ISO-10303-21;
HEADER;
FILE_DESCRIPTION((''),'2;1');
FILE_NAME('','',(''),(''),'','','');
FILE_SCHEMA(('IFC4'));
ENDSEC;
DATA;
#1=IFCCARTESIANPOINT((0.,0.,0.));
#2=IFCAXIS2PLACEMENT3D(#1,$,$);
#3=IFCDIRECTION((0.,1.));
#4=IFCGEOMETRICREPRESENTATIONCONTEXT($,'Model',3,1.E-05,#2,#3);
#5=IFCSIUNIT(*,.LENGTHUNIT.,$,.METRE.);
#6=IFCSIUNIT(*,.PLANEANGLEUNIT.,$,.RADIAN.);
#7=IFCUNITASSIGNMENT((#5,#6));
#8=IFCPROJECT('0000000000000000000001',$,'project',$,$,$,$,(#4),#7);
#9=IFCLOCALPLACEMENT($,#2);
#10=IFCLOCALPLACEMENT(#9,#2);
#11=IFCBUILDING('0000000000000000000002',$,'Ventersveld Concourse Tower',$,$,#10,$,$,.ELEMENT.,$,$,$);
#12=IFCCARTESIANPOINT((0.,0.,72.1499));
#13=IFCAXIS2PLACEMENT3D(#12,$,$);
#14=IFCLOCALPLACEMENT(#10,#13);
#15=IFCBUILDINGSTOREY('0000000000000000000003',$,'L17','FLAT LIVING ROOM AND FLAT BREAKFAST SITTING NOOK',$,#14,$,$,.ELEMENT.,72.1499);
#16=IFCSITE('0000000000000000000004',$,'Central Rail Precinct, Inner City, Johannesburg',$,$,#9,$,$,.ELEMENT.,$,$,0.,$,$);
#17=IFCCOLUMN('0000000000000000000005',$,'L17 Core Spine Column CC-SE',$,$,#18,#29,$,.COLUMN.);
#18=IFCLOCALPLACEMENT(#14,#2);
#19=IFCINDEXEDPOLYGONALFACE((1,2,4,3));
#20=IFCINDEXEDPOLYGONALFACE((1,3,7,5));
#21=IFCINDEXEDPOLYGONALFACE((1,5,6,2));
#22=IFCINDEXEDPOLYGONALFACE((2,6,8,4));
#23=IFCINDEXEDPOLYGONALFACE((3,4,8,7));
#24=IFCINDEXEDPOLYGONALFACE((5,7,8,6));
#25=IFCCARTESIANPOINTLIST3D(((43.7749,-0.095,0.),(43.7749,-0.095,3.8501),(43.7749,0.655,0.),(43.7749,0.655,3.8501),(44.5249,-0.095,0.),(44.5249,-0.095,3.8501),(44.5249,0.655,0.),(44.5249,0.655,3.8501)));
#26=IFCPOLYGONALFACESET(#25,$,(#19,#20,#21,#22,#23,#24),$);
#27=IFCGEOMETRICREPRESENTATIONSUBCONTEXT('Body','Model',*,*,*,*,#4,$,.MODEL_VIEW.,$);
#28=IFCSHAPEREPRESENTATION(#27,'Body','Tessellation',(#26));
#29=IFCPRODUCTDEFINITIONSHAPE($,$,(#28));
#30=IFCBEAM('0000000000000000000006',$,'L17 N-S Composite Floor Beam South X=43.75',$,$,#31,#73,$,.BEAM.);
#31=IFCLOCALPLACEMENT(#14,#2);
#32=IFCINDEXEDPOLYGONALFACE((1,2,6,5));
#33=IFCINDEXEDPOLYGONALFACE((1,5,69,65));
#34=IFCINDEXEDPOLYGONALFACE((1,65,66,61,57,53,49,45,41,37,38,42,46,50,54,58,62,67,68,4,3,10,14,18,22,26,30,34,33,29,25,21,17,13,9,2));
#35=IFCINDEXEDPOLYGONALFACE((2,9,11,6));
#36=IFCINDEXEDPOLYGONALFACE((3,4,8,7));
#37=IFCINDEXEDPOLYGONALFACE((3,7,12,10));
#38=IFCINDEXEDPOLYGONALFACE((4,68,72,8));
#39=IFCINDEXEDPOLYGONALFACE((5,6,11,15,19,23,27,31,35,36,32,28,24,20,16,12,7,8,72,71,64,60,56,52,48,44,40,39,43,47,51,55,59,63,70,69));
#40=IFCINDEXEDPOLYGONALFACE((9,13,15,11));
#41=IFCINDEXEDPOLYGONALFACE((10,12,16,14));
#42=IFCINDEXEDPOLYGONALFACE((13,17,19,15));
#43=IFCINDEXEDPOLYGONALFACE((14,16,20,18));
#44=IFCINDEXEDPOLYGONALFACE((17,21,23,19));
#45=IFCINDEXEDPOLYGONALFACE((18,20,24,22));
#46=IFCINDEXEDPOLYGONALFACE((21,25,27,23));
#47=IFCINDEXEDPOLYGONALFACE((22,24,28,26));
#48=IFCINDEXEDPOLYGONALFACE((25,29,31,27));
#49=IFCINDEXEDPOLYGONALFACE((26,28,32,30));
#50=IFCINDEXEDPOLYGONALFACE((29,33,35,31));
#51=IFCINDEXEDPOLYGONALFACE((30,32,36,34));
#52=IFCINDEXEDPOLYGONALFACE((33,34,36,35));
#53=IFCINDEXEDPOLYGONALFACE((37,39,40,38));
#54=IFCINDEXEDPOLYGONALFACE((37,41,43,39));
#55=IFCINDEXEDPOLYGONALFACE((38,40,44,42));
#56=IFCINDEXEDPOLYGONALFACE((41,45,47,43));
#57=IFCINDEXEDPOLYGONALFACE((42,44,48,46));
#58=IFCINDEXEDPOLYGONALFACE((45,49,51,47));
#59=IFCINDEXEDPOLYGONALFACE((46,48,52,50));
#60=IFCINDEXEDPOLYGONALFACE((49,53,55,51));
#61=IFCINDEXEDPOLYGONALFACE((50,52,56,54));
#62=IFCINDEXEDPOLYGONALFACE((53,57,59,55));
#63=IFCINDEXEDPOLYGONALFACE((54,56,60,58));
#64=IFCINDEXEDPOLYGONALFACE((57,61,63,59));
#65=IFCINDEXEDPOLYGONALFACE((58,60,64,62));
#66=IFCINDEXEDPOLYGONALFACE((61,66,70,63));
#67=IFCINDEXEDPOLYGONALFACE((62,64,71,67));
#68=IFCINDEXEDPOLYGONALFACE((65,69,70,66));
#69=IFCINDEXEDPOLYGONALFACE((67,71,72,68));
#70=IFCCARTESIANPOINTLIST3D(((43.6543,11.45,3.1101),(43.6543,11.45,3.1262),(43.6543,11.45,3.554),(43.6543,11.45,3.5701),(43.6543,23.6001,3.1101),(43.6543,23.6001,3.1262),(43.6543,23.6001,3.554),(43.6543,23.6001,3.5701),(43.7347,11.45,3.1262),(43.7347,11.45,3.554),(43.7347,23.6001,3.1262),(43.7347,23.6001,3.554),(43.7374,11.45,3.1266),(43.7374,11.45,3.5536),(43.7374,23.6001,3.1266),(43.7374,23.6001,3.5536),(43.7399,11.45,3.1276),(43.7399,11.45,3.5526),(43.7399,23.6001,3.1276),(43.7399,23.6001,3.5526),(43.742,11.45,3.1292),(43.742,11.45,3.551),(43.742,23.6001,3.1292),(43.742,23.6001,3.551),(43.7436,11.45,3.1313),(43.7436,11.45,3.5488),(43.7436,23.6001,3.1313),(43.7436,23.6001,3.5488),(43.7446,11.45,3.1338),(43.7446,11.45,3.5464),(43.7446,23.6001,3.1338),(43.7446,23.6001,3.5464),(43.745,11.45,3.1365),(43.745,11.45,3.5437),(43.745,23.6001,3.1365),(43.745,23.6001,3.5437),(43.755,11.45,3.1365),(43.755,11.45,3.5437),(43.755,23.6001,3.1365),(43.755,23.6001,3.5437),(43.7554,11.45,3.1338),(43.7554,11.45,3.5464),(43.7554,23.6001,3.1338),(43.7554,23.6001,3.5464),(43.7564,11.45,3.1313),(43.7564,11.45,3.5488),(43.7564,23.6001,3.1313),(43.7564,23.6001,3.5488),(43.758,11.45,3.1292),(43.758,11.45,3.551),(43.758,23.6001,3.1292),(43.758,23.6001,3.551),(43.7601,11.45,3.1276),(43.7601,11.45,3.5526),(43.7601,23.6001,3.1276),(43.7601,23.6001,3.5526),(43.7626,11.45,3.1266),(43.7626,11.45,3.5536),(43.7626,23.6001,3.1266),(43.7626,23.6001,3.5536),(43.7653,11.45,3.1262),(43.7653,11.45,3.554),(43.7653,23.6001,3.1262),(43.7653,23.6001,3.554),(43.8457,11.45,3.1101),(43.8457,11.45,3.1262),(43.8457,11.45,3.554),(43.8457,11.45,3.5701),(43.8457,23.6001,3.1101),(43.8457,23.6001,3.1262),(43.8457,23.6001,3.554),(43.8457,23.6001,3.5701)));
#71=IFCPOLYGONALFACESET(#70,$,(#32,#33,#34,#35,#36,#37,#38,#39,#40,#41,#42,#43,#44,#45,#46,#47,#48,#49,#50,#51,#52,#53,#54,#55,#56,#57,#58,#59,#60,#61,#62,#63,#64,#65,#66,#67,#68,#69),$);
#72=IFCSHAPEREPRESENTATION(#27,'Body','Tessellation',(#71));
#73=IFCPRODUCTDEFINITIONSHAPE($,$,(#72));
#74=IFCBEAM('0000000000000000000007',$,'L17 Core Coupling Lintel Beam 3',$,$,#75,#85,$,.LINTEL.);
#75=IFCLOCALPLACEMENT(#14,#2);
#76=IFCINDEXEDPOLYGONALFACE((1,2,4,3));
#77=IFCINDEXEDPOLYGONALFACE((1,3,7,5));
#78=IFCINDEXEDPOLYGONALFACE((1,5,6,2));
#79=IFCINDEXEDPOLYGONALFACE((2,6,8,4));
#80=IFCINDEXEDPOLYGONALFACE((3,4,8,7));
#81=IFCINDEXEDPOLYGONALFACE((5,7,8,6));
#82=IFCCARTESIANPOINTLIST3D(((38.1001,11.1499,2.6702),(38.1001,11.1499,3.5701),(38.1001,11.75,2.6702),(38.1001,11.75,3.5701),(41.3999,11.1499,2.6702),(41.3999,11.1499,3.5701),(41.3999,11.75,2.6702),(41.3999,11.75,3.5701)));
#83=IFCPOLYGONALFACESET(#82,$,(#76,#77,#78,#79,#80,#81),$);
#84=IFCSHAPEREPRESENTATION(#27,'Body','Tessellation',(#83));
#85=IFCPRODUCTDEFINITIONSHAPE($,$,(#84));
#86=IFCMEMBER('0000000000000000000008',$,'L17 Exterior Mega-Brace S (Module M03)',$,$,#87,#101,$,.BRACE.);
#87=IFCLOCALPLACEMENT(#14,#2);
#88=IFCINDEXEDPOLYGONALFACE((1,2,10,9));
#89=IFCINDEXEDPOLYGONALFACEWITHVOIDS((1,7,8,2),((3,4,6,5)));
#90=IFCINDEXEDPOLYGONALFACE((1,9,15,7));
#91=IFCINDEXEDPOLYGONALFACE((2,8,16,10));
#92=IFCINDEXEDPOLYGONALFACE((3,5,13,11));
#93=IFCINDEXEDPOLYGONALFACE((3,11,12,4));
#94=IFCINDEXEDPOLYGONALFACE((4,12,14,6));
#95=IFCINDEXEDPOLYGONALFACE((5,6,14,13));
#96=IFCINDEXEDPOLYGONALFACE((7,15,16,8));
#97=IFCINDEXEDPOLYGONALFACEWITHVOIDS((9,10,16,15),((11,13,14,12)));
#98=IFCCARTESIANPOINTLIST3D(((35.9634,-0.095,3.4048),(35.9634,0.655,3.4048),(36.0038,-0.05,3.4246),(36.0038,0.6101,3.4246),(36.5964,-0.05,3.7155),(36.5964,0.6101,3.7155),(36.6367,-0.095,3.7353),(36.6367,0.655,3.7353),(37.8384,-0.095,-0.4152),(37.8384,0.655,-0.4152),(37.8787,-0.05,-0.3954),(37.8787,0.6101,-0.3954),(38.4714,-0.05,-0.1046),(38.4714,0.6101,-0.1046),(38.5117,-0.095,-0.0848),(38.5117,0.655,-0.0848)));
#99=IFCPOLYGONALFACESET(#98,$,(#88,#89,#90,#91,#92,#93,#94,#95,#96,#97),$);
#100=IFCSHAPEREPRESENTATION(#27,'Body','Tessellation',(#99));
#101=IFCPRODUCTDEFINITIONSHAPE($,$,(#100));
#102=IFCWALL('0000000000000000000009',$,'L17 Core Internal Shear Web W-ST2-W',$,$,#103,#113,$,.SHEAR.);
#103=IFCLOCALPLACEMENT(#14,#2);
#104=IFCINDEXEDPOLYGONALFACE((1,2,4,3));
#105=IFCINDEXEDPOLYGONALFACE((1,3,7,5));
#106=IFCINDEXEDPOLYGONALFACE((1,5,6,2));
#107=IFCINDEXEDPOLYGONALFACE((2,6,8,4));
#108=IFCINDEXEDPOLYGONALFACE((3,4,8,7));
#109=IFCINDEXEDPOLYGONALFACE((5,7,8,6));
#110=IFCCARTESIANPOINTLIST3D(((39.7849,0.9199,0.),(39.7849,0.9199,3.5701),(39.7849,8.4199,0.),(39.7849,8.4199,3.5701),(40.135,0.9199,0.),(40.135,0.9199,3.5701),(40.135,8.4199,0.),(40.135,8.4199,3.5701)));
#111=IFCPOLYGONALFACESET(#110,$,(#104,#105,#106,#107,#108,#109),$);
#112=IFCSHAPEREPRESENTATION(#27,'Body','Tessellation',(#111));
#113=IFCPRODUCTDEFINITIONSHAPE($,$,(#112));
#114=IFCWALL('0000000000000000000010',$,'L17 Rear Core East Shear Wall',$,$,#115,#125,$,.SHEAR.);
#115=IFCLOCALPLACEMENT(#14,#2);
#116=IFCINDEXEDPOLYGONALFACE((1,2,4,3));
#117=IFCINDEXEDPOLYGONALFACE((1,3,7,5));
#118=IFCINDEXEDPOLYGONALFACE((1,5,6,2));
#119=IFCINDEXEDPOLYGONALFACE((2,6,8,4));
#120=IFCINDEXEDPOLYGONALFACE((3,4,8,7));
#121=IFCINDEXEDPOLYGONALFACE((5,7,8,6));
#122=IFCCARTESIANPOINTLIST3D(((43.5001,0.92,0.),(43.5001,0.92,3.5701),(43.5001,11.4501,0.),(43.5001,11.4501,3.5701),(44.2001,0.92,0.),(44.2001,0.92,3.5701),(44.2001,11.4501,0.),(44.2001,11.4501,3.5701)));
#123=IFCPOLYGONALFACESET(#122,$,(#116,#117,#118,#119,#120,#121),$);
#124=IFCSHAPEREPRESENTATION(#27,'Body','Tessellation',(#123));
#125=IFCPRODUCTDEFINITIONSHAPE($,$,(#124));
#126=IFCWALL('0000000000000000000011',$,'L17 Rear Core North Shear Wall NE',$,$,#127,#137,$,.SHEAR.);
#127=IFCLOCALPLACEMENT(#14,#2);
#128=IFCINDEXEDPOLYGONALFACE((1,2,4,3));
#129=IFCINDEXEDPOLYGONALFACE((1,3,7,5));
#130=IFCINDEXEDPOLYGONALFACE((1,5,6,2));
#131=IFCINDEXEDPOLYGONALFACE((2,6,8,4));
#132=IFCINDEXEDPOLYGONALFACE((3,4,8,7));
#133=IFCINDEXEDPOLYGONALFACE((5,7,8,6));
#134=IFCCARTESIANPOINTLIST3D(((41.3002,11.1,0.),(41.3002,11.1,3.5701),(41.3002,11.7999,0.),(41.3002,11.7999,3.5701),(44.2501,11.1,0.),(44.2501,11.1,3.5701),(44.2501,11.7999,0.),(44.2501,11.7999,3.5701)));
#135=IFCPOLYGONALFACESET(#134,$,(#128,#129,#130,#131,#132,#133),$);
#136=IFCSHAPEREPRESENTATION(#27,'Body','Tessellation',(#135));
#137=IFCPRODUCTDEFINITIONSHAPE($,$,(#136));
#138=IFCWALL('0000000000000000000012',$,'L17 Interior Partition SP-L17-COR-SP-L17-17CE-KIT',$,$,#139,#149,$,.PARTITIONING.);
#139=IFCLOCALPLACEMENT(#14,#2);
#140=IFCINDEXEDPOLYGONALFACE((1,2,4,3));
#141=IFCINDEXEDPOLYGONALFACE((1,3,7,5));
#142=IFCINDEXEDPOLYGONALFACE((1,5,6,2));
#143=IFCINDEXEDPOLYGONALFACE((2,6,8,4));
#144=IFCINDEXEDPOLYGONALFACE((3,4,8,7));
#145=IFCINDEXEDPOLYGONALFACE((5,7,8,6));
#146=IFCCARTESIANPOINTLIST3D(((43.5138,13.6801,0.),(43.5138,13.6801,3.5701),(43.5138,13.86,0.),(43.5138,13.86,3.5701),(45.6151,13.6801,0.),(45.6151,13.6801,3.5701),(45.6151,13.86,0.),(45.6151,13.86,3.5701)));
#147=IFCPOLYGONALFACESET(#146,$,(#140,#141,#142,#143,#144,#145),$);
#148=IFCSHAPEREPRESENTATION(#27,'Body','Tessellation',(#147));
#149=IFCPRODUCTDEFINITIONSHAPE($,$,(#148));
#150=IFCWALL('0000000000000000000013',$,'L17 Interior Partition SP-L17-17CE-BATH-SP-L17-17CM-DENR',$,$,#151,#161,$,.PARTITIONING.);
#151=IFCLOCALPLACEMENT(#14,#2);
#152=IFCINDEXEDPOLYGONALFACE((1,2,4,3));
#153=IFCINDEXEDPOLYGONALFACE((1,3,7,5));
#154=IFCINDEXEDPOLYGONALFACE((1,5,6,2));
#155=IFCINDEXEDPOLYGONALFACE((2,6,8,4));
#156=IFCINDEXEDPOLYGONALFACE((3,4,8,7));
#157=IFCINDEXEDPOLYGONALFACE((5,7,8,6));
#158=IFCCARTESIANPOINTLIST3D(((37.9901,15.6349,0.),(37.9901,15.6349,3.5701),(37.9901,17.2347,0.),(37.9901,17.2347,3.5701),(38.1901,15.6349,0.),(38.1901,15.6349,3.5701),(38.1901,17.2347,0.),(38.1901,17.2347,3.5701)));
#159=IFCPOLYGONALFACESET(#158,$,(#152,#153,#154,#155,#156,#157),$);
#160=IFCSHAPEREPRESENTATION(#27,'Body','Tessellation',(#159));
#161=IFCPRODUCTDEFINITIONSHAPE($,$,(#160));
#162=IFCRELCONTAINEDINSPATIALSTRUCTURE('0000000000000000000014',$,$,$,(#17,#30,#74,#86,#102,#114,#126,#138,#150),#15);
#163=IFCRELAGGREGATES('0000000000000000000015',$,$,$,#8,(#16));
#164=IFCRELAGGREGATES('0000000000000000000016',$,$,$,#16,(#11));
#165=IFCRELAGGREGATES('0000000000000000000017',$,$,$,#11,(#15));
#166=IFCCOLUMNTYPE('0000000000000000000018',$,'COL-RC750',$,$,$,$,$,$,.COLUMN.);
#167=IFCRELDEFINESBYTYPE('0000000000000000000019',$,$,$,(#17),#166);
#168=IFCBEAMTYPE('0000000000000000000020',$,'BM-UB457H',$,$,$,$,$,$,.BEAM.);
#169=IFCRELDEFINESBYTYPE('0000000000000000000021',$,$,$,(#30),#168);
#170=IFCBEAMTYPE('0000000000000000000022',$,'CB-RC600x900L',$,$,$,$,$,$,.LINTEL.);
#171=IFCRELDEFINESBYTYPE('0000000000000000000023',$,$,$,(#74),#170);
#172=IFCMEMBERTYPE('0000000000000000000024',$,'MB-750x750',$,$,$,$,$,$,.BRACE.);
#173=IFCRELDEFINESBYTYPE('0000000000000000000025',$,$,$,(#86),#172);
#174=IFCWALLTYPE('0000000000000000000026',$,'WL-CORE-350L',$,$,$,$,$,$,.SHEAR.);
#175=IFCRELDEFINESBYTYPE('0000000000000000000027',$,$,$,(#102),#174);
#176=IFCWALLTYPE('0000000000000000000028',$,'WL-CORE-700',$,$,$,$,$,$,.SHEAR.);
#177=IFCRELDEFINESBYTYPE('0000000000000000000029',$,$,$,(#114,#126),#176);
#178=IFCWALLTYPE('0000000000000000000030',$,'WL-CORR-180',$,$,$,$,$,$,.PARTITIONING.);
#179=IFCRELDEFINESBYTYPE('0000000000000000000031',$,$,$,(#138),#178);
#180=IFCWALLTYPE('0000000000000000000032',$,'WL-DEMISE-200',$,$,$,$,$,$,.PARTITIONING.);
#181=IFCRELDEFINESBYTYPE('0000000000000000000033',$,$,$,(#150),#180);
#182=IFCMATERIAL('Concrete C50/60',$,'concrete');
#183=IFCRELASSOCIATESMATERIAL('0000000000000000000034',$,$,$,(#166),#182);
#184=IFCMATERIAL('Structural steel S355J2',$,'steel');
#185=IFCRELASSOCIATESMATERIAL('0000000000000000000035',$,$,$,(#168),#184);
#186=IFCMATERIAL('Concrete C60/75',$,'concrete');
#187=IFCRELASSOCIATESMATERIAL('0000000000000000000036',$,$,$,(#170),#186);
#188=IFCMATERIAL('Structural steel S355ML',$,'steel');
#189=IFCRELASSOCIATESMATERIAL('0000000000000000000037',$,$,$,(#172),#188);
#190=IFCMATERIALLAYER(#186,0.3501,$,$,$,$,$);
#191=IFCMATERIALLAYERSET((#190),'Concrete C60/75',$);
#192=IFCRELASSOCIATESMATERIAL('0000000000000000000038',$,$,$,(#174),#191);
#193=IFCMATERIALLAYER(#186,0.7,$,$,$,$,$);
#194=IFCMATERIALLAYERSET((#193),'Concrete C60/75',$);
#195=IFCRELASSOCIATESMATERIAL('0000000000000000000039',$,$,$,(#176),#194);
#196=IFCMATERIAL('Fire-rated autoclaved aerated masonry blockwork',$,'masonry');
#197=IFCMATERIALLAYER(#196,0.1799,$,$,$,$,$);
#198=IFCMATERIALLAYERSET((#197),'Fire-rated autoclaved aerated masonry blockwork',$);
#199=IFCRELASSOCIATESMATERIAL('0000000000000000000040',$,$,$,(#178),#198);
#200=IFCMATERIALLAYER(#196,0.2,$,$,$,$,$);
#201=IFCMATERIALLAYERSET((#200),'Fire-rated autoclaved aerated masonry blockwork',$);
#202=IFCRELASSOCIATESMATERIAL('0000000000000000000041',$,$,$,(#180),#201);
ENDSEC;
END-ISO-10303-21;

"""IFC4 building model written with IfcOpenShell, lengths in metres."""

from ifc_helpers import new_model, si_unit, direction, frame, frame_2d, origin, origin_2d, place, context, subcontext, project, spatial, rectangle, hollow_rectangle, i_section, extrude, material, layer, layer_set, material_profile, profile_set, type_object, element, save


model = new_model("IFC4")

# Units and contexts
model_context = context("Model", 3, precision=1e-05, world=origin(), true_north=direction((0.0, 1.0)))
body_context = subcontext(model_context, "Body", "Model", "MODEL_VIEW")
ifc_project = project(units=[si_unit("LENGTHUNIT", "METRE"), si_unit("PLANEANGLEUNIT", "RADIAN")], contexts=[model_context])

# Site, building, storey
site_placement = place(None, origin())
site = spatial("IfcSite", under=ifc_project, at=site_placement, Name="Central Rail Precinct, Inner City, Johannesburg", CompositionType="ELEMENT", RefElevation=0.0)
building_placement = place(site_placement, origin())
building = spatial("IfcBuilding", under=site, at=building_placement, Name="Ventersveld Concourse Tower", CompositionType="ELEMENT")
storey_placement = place(building_placement, frame((0.0, 0.0, 72.1499)))
storey = spatial("IfcBuildingStorey", under=building, at=storey_placement, Name="L17", Description="FLAT LIVING ROOM AND FLAT BREAKFAST SITTING NOOK", CompositionType="ELEMENT", Elevation=72.1499)

# Column
ifc_material_1 = material(Name="Concrete C50/60", Category="concrete")
ifc_material_profile_1 = material_profile(ifc_material_1, rectangle(XDim=0.75, YDim=0.75, at=origin_2d()), Name="RC 750x750")
ifc_profile_set_1 = profile_set([ifc_material_profile_1], Name="Concrete C50/60")
column_type = type_object("IfcColumnType", Name="COL-RC750", PredefinedType="COLUMN", material=ifc_profile_set_1)
column_placement = place(storey_placement, frame((44.1499, 0.28, 0.0), z_axis=(0.0, 0.0, 1.0), x_axis=(1.0, 0.0, 0.0)))
element("IfcColumn", 1, at=column_placement, inside=storey, type_object=column_type, Name="L17 Core Spine Column CC-SE", PredefinedType="COLUMN", context=body_context, shape_type="SweptSolid", body=[
    extrude(rectangle(XDim=0.75, YDim=0.75, at=origin_2d()), origin(), (0.0, 0.0, 1.0), 3.8501),
])

# Beams
ifc_material_2 = material(Name="Structural steel S355J2", Category="steel")
ifc_material_profile_2 = material_profile(ifc_material_2, i_section(OverallWidth=0.1914, OverallDepth=0.46, WebThickness=0.01, FlangeThickness=0.0161, FilletRadius=0.0103, at=origin_2d()), Name="UB 457x191x82")
ifc_profile_set_2 = profile_set([ifc_material_profile_2], Name="Structural steel S355J2")
beam_type_1 = type_object("IfcBeamType", Name="BM-UB457H", PredefinedType="BEAM", material=ifc_profile_set_2)
beam_1_placement = place(storey_placement, frame((43.75, 11.45, 3.3401), z_axis=(0.0, 1.0, 0.0), x_axis=(-1.0, 0.0, 0.0)))
element("IfcBeam", 2, at=beam_1_placement, inside=storey, type_object=beam_type_1, Name="L17 N-S Composite Floor Beam South X=43.75", PredefinedType="BEAM", context=body_context, shape_type="SweptSolid", body=[
    extrude(i_section(OverallWidth=0.1914, OverallDepth=0.46, WebThickness=0.01, FlangeThickness=0.0161, FilletRadius=0.0103, at=origin_2d()), origin(), (0.0, 0.0, 1.0), 12.1501),
])
ifc_material_3 = material(Name="Concrete C60/75", Category="concrete")
ifc_material_profile_3 = material_profile(ifc_material_3, rectangle(XDim=0.6001, YDim=0.8999, at=origin_2d()), Name="RC 600x900")
ifc_profile_set_3 = profile_set([ifc_material_profile_3], Name="Concrete C60/75")
beam_type_2 = type_object("IfcBeamType", Name="CB-RC600x900L", PredefinedType="LINTEL", material=ifc_profile_set_3)
beam_2_placement = place(storey_placement, frame((38.1001, 11.45, 3.1201), z_axis=(1.0, 0.0, 0.0), x_axis=(0.0, 1.0, 0.0)))
element("IfcBeam", 3, at=beam_2_placement, inside=storey, type_object=beam_type_2, Name="L17 Core Coupling Lintel Beam 3", PredefinedType="LINTEL", context=body_context, shape_type="SweptSolid", body=[
    extrude(rectangle(XDim=0.6001, YDim=0.8999, at=origin_2d()), origin(), (0.0, 0.0, 1.0), 3.2998),
])

# Member
ifc_material_4 = material(Name="Structural steel S355ML", Category="steel")
ifc_material_profile_4 = material_profile(ifc_material_4, hollow_rectangle(XDim=0.75, YDim=0.75, WallThickness=0.0449, at=origin_2d()), Name="BOX 750x750x45")
ifc_profile_set_4 = profile_set([ifc_material_profile_4], Name="Structural steel S355ML")
member_type = type_object("IfcMemberType", Name="MB-750x750", PredefinedType="BRACE", material=ifc_profile_set_4)
member_placement = place(storey_placement, frame((38.175, 0.28, -0.25), z_axis=(-0.440615, 0.0, 0.897696), x_axis=(0.0, -1.0, 0.0)))
element("IfcMember", 4, at=member_placement, inside=storey, type_object=member_type, Name="L17 Exterior Mega-Brace S (Module M03)", PredefinedType="BRACE", context=body_context, shape_type="SweptSolid", body=[
    extrude(hollow_rectangle(XDim=0.75, YDim=0.75, WallThickness=0.0449, at=origin_2d()), origin(), (0.0, 0.0, 1.0), 4.2554),
])

# Walls
ifc_layer_1 = layer(ifc_material_3, 0.3501)
ifc_layer_set_1 = layer_set([ifc_layer_1], Name="Concrete C60/75")
wall_type_1 = type_object("IfcWallType", Name="WL-CORE-350L", PredefinedType="SHEAR", material=ifc_layer_set_1)
wall_1_placement = place(storey_placement, frame((39.96, 0.9199, 0.0), z_axis=(0.0, 0.0, 1.0), x_axis=(0.0, 1.0, 0.0)))
element("IfcWall", 5, at=wall_1_placement, inside=storey, type_object=wall_type_1, Name="L17 Core Internal Shear Web W-ST2-W", PredefinedType="SHEAR", context=body_context, shape_type="SweptSolid", body=[
    extrude(rectangle(XDim=7.5, YDim=0.3501, at=frame_2d((3.75, 0.0))), origin(), (0.0, 0.0, 1.0), 3.5701),
])
ifc_layer_2 = layer(ifc_material_3, 0.7)
ifc_layer_set_2 = layer_set([ifc_layer_2], Name="Concrete C60/75")
wall_type_2 = type_object("IfcWallType", Name="WL-CORE-700", PredefinedType="SHEAR", material=ifc_layer_set_2)
wall_2_placement = place(storey_placement, frame((43.8501, 0.9199, 0.0), z_axis=(0.0, 0.0, 1.0), x_axis=(0.0, 1.0, 0.0)))
element("IfcWall", 6, at=wall_2_placement, inside=storey, type_object=wall_type_2, Name="L17 Rear Core East Shear Wall", PredefinedType="SHEAR", context=body_context, shape_type="SweptSolid", body=[
    extrude(rectangle(XDim=10.53, YDim=0.7, at=frame_2d((5.2651, 0.0))), origin(), (0.0, 0.0, 1.0), 3.5701),
])
wall_3_placement = place(storey_placement, frame((41.3, 11.45, 0.0), z_axis=(0.0, 0.0, 1.0), x_axis=(1.0, 0.0, 0.0)))
element("IfcWall", 7, at=wall_3_placement, inside=storey, type_object=wall_type_2, Name="L17 Rear Core North Shear Wall NE", PredefinedType="SHEAR", context=body_context, shape_type="SweptSolid", body=[
    extrude(rectangle(XDim=2.95, YDim=0.7, at=frame_2d((1.4751, 0.0))), origin(), (0.0, 0.0, 1.0), 3.5701),
])

# Shared definitions
ifc_material_5 = material(Name="Fire-rated autoclaved aerated masonry blockwork", Category="masonry")
ifc_layer_3 = layer(ifc_material_5, 0.1799)
ifc_layer_set_3 = layer_set([ifc_layer_3], Name="Fire-rated autoclaved aerated masonry blockwork")
wall_type_3 = type_object("IfcWallType", Name="WL-CORR-180", PredefinedType="PARTITIONING", material=ifc_layer_set_3)

# Walls
wall_4_placement = place(storey_placement, frame((43.5137, 13.77, 0.0), z_axis=(0.0, 0.0, 1.0), x_axis=(1.0, 0.0, 0.0)))
element("IfcWall", 8, at=wall_4_placement, inside=storey, type_object=wall_type_3, Name="L17 Interior Partition SP-L17-COR-SP-L17-17CE-KIT", PredefinedType="PARTITIONING", context=body_context, shape_type="SweptSolid", body=[
    extrude(rectangle(XDim=2.1013, YDim=0.1799, at=frame_2d((1.0508, 0.0))), origin(), (0.0, 0.0, 1.0), 3.5701),
])
ifc_layer_4 = layer(ifc_material_5, 0.2)
ifc_layer_set_4 = layer_set([ifc_layer_4], Name="Fire-rated autoclaved aerated masonry blockwork")
wall_type_4 = type_object("IfcWallType", Name="WL-DEMISE-200", PredefinedType="PARTITIONING", material=ifc_layer_set_4)
wall_5_placement = place(storey_placement, frame((38.0901, 15.635, 0.0), z_axis=(0.0, 0.0, 1.0), x_axis=(0.0, 1.0, 0.0)))
element("IfcWall", 9, at=wall_5_placement, inside=storey, type_object=wall_type_4, Name="L17 Interior Partition SP-L17-17CE-BATH-SP-L17-17CM-DENR", PredefinedType="PARTITIONING", context=body_context, shape_type="SweptSolid", body=[
    extrude(rectangle(XDim=1.5999, YDim=0.2, at=frame_2d((0.7998, 0.0))), origin(), (0.0, 0.0, 1.0), 3.5701),
])

save(model, "model.ifc")
